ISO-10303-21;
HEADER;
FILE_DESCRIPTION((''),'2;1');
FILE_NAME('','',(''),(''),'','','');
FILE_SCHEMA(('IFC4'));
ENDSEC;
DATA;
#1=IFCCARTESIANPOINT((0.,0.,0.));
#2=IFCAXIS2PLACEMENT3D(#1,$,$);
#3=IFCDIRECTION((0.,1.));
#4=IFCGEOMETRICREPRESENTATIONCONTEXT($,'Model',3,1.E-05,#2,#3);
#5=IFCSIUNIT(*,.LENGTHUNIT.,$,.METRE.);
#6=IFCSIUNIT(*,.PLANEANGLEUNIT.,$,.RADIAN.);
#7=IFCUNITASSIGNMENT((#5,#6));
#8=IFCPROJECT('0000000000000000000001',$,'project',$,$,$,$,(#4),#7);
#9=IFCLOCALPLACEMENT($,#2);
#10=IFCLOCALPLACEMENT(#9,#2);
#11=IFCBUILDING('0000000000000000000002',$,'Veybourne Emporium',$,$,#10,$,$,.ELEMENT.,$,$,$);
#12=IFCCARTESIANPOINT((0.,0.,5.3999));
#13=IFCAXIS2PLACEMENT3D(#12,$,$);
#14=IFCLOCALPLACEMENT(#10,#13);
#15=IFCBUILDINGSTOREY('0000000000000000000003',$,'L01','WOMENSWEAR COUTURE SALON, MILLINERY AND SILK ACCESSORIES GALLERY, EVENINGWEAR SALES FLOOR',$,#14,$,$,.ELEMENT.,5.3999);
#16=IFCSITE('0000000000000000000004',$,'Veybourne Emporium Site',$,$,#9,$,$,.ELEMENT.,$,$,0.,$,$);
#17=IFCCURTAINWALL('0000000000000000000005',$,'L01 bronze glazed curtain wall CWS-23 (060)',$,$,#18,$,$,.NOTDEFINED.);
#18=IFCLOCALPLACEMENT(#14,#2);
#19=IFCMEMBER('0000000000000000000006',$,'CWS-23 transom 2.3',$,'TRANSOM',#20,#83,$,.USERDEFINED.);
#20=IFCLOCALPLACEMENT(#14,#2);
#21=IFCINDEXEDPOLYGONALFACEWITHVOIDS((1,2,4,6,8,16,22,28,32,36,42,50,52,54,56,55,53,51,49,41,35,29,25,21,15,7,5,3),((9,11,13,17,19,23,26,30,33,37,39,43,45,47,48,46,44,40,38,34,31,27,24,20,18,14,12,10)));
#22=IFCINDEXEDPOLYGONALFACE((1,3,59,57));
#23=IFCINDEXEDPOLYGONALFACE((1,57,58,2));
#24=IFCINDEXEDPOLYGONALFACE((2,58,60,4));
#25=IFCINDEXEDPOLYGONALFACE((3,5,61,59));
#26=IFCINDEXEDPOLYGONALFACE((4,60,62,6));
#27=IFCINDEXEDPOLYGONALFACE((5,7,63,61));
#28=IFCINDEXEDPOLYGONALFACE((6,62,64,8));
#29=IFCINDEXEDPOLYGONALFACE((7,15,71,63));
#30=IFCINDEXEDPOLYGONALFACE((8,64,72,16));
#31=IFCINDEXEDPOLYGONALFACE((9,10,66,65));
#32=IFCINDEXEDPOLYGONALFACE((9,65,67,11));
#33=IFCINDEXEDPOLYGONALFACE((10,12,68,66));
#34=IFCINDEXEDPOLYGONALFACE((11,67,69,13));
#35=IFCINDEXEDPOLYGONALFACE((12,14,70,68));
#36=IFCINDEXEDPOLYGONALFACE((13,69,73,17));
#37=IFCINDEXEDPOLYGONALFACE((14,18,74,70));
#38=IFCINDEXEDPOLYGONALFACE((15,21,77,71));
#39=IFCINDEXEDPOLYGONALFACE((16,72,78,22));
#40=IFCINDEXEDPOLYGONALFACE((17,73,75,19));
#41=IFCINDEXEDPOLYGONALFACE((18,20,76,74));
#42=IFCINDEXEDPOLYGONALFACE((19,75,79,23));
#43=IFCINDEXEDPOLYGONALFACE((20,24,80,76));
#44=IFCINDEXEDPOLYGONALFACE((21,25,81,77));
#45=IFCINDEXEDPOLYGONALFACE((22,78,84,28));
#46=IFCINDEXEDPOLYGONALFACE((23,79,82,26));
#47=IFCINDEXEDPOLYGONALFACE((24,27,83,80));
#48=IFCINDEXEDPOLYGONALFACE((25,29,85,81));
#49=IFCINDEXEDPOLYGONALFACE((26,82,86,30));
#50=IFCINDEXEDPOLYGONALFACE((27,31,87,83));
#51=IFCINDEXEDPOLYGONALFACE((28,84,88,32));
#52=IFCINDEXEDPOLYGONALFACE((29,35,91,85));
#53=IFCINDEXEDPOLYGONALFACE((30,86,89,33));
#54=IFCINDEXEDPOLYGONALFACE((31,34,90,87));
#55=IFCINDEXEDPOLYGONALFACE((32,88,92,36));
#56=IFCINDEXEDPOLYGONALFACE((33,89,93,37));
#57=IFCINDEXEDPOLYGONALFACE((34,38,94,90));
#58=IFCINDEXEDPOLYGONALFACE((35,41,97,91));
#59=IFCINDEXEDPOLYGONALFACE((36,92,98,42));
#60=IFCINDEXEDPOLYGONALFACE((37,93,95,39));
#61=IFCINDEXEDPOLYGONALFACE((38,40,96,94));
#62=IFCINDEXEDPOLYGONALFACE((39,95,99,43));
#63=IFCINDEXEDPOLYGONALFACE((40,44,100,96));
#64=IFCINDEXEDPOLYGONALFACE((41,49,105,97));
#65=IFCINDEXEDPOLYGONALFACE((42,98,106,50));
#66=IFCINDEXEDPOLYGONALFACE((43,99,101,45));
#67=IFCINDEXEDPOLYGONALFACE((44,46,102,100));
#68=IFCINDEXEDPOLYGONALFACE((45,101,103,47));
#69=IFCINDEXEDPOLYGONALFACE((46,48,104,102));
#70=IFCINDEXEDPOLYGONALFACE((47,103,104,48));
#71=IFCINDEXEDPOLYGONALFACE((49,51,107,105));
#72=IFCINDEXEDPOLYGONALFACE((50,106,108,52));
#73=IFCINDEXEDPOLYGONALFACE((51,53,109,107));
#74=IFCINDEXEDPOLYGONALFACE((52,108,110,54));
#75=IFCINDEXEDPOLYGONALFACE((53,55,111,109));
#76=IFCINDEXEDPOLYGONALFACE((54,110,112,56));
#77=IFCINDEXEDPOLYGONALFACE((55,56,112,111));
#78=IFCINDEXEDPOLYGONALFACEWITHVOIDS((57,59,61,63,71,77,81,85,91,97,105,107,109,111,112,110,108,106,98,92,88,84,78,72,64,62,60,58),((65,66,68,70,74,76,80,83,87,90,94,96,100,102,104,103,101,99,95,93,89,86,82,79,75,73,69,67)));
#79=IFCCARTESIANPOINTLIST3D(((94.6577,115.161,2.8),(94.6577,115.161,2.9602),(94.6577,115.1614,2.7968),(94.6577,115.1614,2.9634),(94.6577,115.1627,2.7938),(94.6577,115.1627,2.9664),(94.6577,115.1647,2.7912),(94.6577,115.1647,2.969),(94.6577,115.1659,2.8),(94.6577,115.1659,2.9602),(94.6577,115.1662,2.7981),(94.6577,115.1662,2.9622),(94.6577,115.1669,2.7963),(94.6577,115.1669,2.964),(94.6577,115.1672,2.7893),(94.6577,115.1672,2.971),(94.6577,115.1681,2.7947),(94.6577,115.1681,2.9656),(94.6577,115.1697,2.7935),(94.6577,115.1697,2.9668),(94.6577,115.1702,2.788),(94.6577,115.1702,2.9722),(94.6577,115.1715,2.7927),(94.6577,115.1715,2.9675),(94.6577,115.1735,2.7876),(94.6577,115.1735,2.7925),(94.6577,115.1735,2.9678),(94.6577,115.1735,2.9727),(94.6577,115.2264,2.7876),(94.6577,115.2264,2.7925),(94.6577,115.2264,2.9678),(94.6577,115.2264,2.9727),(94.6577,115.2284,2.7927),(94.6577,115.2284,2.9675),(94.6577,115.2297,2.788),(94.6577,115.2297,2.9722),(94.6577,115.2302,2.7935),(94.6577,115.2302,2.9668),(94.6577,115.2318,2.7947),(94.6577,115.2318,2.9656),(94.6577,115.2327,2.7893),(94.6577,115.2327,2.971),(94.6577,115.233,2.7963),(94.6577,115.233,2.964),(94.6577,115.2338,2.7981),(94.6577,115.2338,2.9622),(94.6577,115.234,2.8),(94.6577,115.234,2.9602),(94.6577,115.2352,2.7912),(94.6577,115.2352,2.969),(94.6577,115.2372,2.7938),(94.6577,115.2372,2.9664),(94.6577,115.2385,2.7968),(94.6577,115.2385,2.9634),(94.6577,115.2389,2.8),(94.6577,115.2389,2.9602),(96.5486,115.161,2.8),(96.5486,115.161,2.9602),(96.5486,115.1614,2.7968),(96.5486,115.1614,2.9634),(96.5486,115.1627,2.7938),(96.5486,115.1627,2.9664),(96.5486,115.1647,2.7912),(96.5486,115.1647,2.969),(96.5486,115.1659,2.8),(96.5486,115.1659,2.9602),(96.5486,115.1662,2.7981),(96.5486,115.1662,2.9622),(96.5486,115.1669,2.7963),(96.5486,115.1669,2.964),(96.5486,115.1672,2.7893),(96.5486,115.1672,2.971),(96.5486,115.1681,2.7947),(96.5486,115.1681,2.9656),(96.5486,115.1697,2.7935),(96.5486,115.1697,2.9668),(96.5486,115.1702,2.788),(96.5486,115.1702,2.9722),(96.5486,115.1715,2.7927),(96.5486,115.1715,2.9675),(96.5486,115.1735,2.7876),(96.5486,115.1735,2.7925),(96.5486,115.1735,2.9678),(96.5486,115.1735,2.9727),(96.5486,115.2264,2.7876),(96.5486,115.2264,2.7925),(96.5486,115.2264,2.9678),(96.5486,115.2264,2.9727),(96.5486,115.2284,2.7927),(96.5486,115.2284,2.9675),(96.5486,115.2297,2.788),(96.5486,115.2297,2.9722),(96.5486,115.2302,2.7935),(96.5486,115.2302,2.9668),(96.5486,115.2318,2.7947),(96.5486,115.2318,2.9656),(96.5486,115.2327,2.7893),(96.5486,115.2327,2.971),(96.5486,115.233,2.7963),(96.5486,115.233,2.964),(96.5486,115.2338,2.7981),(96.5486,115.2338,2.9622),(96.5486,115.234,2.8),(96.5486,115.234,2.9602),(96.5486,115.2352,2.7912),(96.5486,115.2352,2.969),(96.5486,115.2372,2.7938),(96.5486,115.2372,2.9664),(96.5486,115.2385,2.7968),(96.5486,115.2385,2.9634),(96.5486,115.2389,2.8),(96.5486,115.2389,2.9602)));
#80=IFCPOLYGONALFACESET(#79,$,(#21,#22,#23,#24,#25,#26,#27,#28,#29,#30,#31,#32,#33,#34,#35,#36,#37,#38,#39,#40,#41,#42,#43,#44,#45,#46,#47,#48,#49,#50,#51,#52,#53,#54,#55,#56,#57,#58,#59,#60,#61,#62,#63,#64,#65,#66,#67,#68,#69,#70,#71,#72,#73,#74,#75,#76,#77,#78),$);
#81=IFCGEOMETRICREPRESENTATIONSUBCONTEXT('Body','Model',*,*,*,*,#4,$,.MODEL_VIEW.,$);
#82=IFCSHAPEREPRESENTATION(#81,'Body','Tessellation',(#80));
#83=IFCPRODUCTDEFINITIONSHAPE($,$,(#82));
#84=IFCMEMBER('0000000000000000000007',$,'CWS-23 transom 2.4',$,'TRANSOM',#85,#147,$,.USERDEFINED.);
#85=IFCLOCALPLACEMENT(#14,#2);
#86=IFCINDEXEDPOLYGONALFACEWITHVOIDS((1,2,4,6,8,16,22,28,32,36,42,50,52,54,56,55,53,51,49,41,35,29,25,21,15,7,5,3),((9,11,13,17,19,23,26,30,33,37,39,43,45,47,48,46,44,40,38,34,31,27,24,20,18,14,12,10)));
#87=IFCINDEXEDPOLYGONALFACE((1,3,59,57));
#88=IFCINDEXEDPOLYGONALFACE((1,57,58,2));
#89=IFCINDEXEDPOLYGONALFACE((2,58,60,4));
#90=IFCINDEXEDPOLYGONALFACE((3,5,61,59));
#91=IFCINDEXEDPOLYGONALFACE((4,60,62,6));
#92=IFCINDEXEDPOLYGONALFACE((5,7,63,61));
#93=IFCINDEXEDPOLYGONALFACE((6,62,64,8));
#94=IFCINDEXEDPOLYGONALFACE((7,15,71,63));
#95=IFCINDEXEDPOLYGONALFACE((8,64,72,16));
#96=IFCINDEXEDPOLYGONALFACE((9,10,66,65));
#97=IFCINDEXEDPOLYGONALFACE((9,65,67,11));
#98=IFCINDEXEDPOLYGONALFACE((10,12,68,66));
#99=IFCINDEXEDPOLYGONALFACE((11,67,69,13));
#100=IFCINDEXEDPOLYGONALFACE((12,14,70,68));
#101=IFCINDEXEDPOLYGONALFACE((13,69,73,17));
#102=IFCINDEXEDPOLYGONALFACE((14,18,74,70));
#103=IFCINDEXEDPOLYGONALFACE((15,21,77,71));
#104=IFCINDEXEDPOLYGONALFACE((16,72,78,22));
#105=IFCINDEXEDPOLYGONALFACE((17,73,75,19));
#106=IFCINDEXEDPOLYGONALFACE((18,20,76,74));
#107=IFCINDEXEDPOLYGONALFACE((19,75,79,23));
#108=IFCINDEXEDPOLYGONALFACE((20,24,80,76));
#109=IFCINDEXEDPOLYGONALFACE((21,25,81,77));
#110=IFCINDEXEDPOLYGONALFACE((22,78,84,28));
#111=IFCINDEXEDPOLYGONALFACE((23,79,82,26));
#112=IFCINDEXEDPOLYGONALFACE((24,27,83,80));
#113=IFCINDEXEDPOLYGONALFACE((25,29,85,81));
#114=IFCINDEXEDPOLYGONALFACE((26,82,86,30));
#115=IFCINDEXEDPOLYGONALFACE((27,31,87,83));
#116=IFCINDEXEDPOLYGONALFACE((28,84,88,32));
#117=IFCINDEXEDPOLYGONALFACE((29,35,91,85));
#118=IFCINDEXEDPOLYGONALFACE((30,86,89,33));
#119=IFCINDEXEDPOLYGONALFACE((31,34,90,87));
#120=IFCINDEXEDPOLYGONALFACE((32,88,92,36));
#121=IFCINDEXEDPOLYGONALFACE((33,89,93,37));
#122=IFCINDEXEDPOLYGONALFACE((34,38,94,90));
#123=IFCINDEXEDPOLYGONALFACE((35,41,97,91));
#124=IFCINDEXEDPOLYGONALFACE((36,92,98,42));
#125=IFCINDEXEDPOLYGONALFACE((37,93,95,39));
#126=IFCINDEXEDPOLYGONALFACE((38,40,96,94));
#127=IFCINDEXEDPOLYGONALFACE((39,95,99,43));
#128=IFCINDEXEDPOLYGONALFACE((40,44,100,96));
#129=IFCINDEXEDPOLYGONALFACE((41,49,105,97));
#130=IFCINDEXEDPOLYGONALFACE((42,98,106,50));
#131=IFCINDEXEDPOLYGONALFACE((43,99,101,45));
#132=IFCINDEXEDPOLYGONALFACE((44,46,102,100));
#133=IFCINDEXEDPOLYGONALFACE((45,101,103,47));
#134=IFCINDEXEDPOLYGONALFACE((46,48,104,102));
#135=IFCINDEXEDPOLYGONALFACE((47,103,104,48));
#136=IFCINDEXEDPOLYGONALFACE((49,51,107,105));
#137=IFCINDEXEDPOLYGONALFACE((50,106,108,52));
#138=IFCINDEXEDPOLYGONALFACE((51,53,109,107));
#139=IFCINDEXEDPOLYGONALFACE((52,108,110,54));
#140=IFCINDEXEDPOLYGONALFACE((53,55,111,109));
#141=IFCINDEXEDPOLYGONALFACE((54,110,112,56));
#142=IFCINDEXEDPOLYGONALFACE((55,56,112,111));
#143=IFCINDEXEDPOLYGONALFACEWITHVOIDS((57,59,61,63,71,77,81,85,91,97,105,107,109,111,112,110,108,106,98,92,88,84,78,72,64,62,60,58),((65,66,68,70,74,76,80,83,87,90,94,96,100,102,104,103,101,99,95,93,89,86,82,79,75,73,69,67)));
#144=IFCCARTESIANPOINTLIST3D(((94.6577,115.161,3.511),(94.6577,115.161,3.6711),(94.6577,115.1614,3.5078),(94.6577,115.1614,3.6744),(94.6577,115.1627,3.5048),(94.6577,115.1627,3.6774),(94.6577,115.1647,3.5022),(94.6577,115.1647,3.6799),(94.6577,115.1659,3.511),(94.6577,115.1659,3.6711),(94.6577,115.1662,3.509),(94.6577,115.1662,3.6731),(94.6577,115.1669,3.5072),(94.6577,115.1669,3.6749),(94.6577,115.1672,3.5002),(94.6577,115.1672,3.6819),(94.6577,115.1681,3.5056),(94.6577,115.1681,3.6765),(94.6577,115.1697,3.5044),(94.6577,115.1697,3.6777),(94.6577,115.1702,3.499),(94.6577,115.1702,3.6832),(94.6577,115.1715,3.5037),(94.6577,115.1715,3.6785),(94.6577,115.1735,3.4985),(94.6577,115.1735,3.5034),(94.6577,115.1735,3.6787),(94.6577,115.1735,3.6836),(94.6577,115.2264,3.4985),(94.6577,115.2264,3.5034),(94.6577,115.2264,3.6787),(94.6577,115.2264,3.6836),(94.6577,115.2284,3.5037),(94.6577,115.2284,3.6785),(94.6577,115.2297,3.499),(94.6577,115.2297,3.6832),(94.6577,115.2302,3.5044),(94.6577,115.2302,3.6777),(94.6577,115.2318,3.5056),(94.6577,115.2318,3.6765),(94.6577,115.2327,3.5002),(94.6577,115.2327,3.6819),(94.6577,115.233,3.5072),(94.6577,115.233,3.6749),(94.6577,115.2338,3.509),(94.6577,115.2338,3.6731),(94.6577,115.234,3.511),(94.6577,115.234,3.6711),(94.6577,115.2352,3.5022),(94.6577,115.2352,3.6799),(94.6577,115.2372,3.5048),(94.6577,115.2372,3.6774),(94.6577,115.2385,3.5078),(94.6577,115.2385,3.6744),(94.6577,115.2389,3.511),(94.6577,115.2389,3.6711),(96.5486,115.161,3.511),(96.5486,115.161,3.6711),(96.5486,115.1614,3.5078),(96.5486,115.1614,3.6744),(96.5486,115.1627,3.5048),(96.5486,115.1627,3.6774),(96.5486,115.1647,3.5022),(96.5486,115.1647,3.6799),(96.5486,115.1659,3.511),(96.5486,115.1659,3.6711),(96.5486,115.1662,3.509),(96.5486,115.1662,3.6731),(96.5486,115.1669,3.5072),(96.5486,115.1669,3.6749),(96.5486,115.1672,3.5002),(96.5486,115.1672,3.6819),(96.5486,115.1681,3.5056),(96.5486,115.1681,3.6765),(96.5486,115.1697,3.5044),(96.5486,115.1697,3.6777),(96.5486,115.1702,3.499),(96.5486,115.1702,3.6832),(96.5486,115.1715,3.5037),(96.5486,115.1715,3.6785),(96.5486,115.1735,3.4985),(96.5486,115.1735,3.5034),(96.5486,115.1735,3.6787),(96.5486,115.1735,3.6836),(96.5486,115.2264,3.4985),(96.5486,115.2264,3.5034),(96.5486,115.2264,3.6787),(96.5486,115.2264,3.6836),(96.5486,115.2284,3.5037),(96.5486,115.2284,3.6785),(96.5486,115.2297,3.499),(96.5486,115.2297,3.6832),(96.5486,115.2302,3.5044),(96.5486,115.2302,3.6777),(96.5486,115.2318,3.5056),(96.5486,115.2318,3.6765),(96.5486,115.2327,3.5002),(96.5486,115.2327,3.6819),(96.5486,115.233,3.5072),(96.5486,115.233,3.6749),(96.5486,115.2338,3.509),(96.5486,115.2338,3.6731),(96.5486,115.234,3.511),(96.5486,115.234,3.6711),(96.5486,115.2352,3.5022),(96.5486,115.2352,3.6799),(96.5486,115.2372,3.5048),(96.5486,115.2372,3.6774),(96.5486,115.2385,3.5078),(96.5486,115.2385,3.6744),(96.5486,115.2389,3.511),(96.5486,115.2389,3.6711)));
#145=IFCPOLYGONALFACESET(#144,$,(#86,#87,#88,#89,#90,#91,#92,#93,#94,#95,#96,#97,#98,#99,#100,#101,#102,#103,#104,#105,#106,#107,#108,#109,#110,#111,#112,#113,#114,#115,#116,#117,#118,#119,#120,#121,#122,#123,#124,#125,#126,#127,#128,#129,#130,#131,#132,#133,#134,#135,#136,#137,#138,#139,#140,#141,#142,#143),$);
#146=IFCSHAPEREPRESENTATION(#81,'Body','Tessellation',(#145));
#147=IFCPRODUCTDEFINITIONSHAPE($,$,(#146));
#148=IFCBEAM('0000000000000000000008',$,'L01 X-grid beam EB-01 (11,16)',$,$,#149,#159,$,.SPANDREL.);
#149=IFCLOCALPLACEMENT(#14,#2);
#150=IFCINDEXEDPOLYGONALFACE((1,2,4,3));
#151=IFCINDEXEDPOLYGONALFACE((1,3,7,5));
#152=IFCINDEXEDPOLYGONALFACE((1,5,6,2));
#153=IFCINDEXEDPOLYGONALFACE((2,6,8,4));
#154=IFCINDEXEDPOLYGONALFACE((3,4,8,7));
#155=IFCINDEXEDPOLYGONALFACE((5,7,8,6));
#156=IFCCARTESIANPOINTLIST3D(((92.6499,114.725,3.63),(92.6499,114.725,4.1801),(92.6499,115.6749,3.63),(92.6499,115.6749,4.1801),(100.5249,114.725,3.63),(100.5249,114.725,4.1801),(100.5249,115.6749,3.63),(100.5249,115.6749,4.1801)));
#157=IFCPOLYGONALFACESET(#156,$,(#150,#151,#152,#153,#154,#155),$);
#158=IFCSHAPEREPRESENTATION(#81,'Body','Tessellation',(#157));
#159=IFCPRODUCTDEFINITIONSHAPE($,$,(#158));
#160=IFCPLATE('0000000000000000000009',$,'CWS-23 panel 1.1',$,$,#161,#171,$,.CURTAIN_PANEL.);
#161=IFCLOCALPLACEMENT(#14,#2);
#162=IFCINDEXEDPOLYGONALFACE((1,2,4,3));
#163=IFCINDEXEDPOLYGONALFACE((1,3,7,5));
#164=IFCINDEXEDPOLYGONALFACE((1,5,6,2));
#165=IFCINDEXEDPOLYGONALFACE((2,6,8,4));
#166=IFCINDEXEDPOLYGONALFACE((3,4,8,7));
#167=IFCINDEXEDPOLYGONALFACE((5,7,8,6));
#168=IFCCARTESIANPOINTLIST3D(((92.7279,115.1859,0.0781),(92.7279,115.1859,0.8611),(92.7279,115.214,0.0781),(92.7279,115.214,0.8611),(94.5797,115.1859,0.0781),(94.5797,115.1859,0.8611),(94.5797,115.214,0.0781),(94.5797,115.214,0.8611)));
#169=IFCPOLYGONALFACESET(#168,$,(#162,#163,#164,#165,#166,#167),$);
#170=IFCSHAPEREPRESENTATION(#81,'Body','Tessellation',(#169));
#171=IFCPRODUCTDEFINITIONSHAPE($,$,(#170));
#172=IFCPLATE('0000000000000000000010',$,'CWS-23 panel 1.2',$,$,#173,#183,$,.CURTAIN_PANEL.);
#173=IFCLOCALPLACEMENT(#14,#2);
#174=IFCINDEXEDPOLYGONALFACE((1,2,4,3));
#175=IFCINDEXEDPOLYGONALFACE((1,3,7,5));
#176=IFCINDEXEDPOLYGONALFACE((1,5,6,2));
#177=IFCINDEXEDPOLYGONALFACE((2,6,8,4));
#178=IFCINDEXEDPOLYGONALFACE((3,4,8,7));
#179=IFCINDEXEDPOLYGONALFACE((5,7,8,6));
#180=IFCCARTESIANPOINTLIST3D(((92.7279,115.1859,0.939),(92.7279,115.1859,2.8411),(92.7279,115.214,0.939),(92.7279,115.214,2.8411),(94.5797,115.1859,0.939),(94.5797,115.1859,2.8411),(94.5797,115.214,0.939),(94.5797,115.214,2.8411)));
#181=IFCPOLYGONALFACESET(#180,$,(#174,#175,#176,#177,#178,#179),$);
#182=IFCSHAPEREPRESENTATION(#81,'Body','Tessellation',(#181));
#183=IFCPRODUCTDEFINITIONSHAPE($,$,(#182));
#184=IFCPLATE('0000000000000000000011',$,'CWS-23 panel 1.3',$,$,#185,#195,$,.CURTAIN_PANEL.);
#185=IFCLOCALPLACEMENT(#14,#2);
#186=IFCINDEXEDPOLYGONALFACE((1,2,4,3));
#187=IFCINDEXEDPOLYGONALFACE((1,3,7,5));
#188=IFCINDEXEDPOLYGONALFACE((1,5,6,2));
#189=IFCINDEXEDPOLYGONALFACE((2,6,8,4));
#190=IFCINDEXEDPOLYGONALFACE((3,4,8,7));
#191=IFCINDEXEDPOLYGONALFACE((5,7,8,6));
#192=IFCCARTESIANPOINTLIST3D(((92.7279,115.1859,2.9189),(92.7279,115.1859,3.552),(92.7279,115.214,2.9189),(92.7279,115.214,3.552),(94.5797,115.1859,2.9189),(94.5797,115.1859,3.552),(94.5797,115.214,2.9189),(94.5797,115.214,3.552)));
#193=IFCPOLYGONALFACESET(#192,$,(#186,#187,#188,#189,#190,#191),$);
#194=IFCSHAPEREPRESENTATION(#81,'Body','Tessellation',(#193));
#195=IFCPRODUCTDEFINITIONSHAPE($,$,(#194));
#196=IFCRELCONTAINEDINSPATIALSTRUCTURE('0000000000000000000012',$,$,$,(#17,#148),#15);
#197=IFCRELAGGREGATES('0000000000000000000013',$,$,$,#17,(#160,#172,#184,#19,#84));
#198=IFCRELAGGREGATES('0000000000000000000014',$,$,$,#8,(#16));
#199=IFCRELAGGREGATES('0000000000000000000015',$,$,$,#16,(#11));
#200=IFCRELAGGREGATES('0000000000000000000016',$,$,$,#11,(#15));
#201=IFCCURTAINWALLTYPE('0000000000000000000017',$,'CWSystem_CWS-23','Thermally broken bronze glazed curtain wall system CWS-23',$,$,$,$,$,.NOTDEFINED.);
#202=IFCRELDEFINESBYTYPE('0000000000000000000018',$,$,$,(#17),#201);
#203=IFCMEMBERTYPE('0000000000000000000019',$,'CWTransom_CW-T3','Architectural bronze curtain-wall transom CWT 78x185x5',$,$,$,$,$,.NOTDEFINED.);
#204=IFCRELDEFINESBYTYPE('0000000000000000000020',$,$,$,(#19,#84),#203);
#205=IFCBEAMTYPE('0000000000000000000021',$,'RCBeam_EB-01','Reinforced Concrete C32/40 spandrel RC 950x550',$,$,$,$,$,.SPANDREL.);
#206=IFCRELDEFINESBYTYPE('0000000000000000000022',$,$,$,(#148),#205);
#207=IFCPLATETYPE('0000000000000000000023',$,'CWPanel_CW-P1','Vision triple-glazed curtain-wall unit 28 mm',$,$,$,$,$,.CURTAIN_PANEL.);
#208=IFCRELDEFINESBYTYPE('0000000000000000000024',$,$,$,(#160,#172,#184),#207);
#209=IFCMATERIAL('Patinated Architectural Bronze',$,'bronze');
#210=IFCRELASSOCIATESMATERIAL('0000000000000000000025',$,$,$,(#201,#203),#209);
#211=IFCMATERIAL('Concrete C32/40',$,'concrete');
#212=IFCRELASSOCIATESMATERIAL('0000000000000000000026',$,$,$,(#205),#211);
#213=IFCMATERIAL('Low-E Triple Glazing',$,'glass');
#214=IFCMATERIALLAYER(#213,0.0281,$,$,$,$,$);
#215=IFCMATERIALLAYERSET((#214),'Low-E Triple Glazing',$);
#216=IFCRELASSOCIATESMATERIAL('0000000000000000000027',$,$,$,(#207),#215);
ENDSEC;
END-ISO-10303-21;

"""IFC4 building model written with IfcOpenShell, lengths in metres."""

from ifc_helpers import new_model, si_unit, direction, frame, origin, origin_2d, place, context, subcontext, project, spatial, rectangle, hollow_rectangle, extrude, material, layer, layer_set, material_profile, profile_set, type_object, element, aggregate, save


model = new_model("IFC4")

# Units and contexts
model_context = context("Model", 3, precision=1e-05, world=origin(), true_north=direction((0.0, 1.0)))
body_context = subcontext(model_context, "Body", "Model", "MODEL_VIEW")
ifc_project = project(units=[si_unit("LENGTHUNIT", "METRE"), si_unit("PLANEANGLEUNIT", "RADIAN")], contexts=[model_context])

# Site, building, storey
site_placement = place(None, origin())
site = spatial("IfcSite", under=ifc_project, at=site_placement, Name="Veybourne Emporium Site", CompositionType="ELEMENT", RefElevation=0.0)
building_placement = place(site_placement, origin())
building = spatial("IfcBuilding", under=site, at=building_placement, Name="Veybourne Emporium", CompositionType="ELEMENT")
storey_placement = place(building_placement, frame((0.0, 0.0, 5.3999)))
storey = spatial("IfcBuildingStorey", under=building, at=storey_placement, Name="L01", Description="WOMENSWEAR COUTURE SALON, MILLINERY AND SILK ACCESSORIES GALLERY, EVENINGWEAR SALES FLOOR", CompositionType="ELEMENT", Elevation=5.3999)

# Curtain wall, members
ifc_material_1 = material(Name="Patinated Architectural Bronze", Category="bronze")
curtain_wall_type = type_object("IfcCurtainWallType", Name="CWSystem_CWS-23", Description="Thermally broken bronze glazed curtain wall system CWS-23", PredefinedType="NOTDEFINED", material=ifc_material_1)
curtain_wall_placement = place(storey_placement, origin())
curtain_wall = element("IfcCurtainWall", 1, at=curtain_wall_placement, inside=storey, type_object=curtain_wall_type, Name="L01 bronze glazed curtain wall CWS-23 (060)", PredefinedType="NOTDEFINED")
ifc_material_profile_1 = material_profile(ifc_material_1, hollow_rectangle(XDim=0.0779, YDim=0.1851, WallThickness=0.0049, InnerFilletRadius=0.0076, OuterFilletRadius=0.0125, at=origin_2d()), Name="CWT 78x185x5")
ifc_profile_set_1 = profile_set([ifc_material_profile_1], Name="Patinated Architectural Bronze")
member_type_1 = type_object("IfcMemberType", Name="CWTransom_CW-T3", Description="Architectural bronze curtain-wall transom CWT 78x185x5", PredefinedType="NOTDEFINED", material=ifc_profile_set_1)
member_1_placement = place(storey_placement, frame((94.6577, 115.2, 2.8801), z_axis=(1.0, 0.0, 0.0), x_axis=(0.0, 1.0, 0.0)))
member_1 = element("IfcMember", 2, at=member_1_placement, type_object=member_type_1, Name="CWS-23 transom 2.3", ObjectType="TRANSOM", PredefinedType="USERDEFINED", context=body_context, shape_type="SweptSolid", body=[
    extrude(hollow_rectangle(XDim=0.0779, YDim=0.1851, WallThickness=0.0049, InnerFilletRadius=0.0076, OuterFilletRadius=0.0125, at=origin_2d()), origin(), (0.0, 0.0, 1.0), 1.8909),
])
member_2_placement = place(storey_placement, frame((94.6577, 115.2, 3.5911), z_axis=(1.0, 0.0, 0.0), x_axis=(0.0, 1.0, 0.0)))
member_2 = element("IfcMember", 3, at=member_2_placement, type_object=member_type_1, Name="CWS-23 transom 2.4", ObjectType="TRANSOM", PredefinedType="USERDEFINED", context=body_context, shape_type="SweptSolid", body=[
    extrude(hollow_rectangle(XDim=0.0779, YDim=0.1851, WallThickness=0.0049, InnerFilletRadius=0.0076, OuterFilletRadius=0.0125, at=origin_2d()), origin(), (0.0, 0.0, 1.0), 1.8909),
])

# Beam
ifc_material_2 = material(Name="Concrete C32/40", Category="concrete")
ifc_material_profile_2 = material_profile(ifc_material_2, rectangle(XDim=0.95, YDim=0.55, at=origin_2d()), Name="RC 950x550")
ifc_profile_set_2 = profile_set([ifc_material_profile_2], Name="Concrete C32/40")
beam_type = type_object("IfcBeamType", Name="RCBeam_EB-01", Description="Reinforced Concrete C32/40 spandrel RC 950x550", PredefinedType="SPANDREL", material=ifc_profile_set_2)
beam_placement = place(storey_placement, frame((92.6499, 115.2, 3.905), z_axis=(1.0, 0.0, 0.0), x_axis=(0.0, 1.0, 0.0)))
element("IfcBeam", 4, at=beam_placement, inside=storey, type_object=beam_type, Name="L01 X-grid beam EB-01 (11,16)", PredefinedType="SPANDREL", context=body_context, shape_type="SweptSolid", body=[
    extrude(rectangle(XDim=0.95, YDim=0.55, at=origin_2d()), origin(), (0.0, 0.0, 1.0), 7.875),
])

# Plates
ifc_material_3 = material(Name="Low-E Triple Glazing", Category="glass")
ifc_layer_1 = layer(ifc_material_3, 0.0281)
ifc_layer_set_1 = layer_set([ifc_layer_1], Name="Low-E Triple Glazing")
plate_type = type_object("IfcPlateType", Name="CWPanel_CW-P1", Description="Vision triple-glazed curtain-wall unit 28 mm", PredefinedType="CURTAIN_PANEL", material=ifc_layer_set_1)
plate_1_placement = place(storey_placement, frame((93.6538, 115.2, 0.0781), z_axis=(0.0, 0.0, 1.0), x_axis=(1.0, 0.0, 0.0)))
plate_1 = element("IfcPlate", 5, at=plate_1_placement, type_object=plate_type, Name="CWS-23 panel 1.1", PredefinedType="CURTAIN_PANEL", context=body_context, shape_type="SweptSolid", body=[
    extrude(rectangle(XDim=1.8518, YDim=0.0281, at=origin_2d()), origin(), (0.0, 0.0, 1.0), 0.783),
])
plate_2_placement = place(storey_placement, frame((93.6538, 115.2, 0.939), z_axis=(0.0, 0.0, 1.0), x_axis=(1.0, 0.0, 0.0)))
plate_2 = element("IfcPlate", 6, at=plate_2_placement, type_object=plate_type, Name="CWS-23 panel 1.2", PredefinedType="CURTAIN_PANEL", context=body_context, shape_type="SweptSolid", body=[
    extrude(rectangle(XDim=1.8518, YDim=0.0281, at=origin_2d()), origin(), (0.0, 0.0, 1.0), 1.9021),
])
plate_3_placement = place(storey_placement, frame((93.6538, 115.2, 2.9189), z_axis=(0.0, 0.0, 1.0), x_axis=(1.0, 0.0, 0.0)))
plate_3 = element("IfcPlate", 7, at=plate_3_placement, type_object=plate_type, Name="CWS-23 panel 1.3", PredefinedType="CURTAIN_PANEL", context=body_context, shape_type="SweptSolid", body=[
    extrude(rectangle(XDim=1.8518, YDim=0.0281, at=origin_2d()), origin(), (0.0, 0.0, 1.0), 0.6331),
])
aggregate(curtain_wall, [plate_1, plate_2, plate_3, member_1, member_2])

save(model, "model.ifc")
